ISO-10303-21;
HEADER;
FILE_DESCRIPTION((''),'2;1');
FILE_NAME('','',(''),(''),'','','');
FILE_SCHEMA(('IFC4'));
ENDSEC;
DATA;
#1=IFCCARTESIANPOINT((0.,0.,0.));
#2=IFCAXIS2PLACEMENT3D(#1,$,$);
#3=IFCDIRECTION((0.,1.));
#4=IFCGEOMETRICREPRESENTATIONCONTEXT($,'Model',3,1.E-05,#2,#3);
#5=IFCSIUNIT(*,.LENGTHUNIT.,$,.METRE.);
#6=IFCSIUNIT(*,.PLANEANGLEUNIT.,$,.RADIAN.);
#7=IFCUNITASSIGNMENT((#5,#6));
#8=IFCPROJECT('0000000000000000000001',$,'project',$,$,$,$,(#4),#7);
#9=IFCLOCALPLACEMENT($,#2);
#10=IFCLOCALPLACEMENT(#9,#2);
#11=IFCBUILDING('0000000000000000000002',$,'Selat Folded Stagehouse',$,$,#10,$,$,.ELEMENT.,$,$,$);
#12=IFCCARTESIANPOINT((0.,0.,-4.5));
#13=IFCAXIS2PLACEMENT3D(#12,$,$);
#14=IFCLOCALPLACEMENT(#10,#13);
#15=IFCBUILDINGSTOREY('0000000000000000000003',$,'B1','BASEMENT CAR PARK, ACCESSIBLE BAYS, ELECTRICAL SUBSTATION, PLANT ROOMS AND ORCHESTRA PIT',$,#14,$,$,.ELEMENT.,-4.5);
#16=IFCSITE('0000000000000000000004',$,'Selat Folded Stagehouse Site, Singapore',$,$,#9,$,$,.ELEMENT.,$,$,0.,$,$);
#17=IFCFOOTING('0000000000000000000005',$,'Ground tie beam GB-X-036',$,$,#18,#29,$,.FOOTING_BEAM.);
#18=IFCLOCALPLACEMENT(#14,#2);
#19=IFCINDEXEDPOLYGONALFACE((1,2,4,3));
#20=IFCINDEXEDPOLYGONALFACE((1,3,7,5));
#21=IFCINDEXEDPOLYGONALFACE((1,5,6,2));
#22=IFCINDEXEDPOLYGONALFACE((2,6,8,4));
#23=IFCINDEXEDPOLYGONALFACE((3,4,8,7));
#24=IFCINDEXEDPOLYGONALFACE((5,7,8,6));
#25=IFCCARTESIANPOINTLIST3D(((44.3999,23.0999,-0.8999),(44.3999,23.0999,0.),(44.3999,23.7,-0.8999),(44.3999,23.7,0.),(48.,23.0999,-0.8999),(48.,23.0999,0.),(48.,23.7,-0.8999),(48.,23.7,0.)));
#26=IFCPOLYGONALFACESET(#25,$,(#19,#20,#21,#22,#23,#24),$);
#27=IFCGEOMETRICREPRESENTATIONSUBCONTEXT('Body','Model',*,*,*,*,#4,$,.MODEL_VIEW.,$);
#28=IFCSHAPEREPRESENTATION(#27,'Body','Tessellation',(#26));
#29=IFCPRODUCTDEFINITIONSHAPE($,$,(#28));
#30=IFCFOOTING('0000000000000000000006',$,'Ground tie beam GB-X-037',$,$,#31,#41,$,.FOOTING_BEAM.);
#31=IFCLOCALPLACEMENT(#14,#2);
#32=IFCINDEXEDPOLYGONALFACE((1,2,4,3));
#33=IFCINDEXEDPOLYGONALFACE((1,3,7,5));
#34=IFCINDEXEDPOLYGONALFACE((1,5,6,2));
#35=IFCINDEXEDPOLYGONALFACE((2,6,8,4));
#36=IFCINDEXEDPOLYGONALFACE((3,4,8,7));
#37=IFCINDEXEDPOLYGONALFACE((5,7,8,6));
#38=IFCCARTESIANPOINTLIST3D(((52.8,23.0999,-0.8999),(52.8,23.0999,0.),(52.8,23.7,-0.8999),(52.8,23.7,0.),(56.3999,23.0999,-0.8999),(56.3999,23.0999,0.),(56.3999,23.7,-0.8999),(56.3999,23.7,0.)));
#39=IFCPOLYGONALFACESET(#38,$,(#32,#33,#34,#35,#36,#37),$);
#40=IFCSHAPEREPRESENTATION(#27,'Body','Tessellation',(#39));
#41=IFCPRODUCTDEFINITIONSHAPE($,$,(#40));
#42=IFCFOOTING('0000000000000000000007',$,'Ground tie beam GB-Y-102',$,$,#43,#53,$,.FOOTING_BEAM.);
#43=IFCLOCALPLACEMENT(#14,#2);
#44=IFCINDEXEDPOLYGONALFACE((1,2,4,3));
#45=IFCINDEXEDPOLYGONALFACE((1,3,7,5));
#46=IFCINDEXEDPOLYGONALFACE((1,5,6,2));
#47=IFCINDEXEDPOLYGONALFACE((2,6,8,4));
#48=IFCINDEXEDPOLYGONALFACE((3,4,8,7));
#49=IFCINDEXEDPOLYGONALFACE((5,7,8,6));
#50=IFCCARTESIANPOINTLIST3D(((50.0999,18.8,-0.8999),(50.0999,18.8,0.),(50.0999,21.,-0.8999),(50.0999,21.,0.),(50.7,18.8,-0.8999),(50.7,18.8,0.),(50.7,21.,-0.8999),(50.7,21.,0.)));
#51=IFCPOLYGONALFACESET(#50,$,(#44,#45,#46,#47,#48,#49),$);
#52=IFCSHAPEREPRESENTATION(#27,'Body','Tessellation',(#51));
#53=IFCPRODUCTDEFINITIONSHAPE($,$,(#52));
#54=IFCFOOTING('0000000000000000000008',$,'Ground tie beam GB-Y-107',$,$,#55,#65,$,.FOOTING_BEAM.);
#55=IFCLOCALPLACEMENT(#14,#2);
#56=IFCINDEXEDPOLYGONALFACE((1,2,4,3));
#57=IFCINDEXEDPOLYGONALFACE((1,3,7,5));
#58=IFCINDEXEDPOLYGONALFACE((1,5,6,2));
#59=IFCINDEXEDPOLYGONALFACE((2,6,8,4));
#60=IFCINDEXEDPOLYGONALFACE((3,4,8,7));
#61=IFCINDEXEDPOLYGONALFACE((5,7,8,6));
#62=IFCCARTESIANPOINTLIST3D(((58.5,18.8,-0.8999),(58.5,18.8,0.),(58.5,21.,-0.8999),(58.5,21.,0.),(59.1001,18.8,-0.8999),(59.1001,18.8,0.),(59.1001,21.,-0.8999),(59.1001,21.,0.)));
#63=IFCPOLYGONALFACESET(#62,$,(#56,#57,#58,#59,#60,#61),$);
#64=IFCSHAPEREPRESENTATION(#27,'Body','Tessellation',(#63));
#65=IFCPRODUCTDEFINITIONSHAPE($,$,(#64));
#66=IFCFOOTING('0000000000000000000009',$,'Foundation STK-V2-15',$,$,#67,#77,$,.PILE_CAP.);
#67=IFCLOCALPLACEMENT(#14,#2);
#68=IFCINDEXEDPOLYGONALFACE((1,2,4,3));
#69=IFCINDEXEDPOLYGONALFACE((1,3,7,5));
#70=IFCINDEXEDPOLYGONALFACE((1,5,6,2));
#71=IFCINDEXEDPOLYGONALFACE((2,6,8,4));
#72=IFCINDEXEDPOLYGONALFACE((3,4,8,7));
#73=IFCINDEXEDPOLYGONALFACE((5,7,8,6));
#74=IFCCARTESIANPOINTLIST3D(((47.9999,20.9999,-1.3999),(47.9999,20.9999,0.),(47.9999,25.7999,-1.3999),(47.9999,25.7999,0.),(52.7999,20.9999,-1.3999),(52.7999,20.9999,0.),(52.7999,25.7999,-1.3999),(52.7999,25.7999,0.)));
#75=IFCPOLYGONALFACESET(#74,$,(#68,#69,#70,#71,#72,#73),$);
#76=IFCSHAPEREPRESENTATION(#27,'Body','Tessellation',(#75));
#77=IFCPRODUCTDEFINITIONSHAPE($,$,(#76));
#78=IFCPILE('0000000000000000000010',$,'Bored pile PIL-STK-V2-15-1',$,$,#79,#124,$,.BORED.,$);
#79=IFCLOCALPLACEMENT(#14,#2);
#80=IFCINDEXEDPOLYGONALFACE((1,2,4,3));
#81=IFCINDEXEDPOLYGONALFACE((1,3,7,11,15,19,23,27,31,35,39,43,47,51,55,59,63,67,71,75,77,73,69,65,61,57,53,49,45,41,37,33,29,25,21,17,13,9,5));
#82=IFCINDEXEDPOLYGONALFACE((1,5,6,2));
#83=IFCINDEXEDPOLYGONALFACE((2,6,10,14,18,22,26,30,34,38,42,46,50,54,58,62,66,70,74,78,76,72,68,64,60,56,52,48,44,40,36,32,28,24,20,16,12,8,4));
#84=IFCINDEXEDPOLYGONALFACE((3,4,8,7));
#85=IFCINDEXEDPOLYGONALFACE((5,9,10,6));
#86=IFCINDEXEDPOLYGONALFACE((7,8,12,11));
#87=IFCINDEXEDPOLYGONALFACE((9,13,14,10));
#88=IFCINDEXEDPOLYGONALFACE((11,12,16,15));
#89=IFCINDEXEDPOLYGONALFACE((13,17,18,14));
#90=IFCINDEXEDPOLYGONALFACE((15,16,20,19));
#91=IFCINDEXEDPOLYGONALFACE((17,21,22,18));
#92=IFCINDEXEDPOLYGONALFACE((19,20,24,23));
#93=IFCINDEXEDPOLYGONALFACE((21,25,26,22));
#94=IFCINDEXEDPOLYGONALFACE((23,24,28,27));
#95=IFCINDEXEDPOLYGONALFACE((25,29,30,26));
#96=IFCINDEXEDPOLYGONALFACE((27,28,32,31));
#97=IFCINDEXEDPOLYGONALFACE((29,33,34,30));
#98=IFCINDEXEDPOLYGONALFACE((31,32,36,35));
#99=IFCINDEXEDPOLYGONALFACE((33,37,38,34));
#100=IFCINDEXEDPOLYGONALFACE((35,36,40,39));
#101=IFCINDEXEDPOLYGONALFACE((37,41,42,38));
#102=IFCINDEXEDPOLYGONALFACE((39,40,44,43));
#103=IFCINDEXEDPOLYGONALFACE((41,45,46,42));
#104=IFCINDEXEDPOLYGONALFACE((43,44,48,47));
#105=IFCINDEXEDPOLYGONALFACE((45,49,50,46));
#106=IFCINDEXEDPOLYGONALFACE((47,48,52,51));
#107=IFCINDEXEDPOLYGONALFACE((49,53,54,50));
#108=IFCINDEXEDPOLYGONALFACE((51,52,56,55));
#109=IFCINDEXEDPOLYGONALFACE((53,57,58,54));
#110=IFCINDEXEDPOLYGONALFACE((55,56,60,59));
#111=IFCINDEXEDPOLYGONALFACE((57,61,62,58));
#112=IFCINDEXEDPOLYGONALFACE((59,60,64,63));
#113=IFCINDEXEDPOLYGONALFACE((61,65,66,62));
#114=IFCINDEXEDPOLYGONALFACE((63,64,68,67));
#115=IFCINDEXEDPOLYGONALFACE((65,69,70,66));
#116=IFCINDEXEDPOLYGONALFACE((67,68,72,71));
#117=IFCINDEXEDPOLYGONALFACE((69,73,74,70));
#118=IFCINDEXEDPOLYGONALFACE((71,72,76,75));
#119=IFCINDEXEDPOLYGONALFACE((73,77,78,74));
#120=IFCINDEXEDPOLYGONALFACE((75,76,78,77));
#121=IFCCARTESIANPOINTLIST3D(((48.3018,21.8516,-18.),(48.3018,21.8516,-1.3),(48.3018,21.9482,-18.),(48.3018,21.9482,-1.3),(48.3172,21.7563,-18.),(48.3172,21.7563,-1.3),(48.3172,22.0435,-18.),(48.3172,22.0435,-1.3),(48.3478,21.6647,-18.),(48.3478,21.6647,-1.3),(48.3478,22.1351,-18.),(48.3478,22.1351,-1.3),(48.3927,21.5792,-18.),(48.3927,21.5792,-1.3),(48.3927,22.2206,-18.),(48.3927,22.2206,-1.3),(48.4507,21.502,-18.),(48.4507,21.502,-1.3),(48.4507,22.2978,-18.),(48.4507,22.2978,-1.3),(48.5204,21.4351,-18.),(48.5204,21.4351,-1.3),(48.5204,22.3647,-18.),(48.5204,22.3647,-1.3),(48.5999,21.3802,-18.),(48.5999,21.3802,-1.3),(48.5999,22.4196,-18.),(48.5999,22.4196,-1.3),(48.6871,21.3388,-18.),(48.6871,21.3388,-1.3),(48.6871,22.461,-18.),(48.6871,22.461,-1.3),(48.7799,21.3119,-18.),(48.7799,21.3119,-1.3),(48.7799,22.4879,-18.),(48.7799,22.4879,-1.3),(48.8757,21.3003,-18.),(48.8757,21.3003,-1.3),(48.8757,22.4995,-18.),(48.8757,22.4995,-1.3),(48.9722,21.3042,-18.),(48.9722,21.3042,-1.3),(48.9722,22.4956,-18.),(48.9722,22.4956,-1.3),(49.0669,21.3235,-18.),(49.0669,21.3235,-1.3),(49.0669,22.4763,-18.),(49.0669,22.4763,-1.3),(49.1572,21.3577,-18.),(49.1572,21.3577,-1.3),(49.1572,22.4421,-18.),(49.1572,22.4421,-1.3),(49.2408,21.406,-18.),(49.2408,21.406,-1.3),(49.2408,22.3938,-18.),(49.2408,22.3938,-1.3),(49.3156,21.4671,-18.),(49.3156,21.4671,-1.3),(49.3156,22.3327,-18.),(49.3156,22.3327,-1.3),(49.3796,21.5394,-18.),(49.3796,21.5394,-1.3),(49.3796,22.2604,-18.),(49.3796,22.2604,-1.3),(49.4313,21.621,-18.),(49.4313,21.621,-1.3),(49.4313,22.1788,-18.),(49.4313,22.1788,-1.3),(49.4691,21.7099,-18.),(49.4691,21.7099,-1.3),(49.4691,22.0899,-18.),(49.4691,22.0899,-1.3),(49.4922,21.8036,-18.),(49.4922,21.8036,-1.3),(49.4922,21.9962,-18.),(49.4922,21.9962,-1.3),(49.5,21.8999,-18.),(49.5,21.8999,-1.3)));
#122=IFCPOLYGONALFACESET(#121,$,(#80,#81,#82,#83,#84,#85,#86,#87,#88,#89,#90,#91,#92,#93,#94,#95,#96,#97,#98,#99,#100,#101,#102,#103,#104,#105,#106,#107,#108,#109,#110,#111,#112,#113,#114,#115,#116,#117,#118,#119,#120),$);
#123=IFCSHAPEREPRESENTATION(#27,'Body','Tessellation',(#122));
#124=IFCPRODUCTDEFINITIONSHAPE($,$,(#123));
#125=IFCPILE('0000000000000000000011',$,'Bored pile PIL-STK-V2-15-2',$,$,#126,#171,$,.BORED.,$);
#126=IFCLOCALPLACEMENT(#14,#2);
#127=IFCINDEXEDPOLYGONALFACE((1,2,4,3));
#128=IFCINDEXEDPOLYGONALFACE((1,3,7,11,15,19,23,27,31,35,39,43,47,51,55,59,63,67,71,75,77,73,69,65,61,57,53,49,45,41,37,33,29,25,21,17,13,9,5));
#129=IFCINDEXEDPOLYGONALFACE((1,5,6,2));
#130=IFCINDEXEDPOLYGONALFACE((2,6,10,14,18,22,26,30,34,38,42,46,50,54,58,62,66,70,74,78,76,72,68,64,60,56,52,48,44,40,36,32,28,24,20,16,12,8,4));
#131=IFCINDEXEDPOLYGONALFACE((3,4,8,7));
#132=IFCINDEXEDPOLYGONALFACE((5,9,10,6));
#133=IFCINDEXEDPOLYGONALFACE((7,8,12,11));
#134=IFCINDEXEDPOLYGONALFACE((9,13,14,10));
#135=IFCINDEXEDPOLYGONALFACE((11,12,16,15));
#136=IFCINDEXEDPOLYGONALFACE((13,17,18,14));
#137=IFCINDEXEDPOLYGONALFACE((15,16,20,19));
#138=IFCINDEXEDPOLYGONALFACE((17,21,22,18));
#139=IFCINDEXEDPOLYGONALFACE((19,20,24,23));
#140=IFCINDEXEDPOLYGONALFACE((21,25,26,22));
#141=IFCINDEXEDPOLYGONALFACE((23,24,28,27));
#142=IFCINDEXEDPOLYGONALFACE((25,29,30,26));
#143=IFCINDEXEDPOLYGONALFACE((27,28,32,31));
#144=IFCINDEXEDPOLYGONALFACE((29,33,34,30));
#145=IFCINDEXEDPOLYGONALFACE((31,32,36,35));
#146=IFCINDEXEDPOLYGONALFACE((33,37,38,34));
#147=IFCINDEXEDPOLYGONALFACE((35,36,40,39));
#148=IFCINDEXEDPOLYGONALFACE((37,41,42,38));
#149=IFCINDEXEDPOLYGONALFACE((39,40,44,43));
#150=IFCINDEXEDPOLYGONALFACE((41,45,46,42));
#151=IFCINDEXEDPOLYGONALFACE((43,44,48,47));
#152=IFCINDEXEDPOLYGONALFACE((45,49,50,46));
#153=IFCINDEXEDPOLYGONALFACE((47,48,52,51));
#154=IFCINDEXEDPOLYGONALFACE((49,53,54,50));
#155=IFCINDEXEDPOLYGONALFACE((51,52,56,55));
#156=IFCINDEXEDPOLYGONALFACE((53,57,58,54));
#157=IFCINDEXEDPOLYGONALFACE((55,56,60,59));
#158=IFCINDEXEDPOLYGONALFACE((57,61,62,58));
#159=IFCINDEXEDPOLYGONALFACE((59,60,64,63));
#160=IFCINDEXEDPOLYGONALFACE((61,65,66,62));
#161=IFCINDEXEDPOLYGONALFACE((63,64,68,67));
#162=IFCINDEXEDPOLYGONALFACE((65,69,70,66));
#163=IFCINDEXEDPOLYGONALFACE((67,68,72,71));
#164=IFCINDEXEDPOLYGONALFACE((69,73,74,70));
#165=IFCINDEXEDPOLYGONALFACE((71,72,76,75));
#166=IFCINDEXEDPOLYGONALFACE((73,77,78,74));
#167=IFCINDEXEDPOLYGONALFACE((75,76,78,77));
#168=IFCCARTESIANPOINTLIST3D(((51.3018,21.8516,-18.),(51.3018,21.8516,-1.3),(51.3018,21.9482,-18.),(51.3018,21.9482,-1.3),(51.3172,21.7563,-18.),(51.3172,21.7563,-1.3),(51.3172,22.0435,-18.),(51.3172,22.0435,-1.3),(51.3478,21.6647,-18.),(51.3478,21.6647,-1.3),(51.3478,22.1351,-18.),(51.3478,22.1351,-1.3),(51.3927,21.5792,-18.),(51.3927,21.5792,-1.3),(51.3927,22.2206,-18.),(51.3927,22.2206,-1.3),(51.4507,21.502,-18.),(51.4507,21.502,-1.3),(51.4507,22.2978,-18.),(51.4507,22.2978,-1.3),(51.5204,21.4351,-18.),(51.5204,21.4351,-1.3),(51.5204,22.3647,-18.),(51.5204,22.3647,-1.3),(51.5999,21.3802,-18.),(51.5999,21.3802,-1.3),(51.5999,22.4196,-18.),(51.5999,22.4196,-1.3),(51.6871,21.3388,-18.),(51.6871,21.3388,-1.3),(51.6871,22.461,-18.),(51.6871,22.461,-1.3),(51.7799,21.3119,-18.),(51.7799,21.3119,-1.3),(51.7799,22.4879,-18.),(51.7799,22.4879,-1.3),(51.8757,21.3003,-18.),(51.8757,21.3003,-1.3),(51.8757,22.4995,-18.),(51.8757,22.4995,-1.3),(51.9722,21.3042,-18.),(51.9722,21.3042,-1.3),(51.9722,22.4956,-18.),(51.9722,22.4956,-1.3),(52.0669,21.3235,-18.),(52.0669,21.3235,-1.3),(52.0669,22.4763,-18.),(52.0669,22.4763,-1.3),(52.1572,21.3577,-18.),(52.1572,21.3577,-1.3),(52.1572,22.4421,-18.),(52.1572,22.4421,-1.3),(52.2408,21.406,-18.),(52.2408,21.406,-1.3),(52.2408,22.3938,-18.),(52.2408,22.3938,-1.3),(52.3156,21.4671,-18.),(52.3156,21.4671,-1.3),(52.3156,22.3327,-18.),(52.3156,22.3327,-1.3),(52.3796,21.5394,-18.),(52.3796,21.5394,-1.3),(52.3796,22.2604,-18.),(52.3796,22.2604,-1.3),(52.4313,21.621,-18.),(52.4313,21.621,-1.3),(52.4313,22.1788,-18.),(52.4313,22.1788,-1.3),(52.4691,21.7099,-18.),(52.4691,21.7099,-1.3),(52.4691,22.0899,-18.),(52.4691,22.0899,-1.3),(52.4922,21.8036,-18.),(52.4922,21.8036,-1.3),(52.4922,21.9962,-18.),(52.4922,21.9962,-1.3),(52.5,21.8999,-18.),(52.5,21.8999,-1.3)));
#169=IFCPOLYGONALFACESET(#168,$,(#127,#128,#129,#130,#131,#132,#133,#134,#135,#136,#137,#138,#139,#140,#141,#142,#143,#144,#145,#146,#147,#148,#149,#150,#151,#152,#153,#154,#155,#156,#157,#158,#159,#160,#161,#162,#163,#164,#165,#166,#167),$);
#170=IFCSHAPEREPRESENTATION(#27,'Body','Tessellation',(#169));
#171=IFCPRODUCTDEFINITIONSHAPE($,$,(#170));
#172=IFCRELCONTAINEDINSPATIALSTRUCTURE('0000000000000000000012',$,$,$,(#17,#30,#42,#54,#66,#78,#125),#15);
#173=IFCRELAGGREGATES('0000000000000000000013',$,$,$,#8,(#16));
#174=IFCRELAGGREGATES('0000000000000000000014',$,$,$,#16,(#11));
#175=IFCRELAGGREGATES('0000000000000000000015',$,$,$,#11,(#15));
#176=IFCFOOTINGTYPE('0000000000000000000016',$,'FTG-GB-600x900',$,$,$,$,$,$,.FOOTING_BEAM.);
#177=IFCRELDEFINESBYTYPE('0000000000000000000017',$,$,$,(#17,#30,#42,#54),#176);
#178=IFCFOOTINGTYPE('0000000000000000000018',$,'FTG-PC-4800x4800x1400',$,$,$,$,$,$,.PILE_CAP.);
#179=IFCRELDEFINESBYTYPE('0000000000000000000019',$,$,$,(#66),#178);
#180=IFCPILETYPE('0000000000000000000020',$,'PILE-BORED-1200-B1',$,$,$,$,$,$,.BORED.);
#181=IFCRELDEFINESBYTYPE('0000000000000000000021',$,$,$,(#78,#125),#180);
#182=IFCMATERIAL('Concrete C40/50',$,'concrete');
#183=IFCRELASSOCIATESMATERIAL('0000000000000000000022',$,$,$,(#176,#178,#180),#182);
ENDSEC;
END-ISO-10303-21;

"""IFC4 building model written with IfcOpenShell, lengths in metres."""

from ifc_helpers import new_model, si_unit, direction, frame, origin, origin_2d, place, context, subcontext, project, spatial, rectangle, circle, extrude, material, material_profile, profile_set, type_object, element, save


model = new_model("IFC4")

# Units and contexts
model_context = context("Model", 3, precision=1e-05, world=origin(), true_north=direction((0.0, 1.0)))
body_context = subcontext(model_context, "Body", "Model", "MODEL_VIEW")
ifc_project = project(units=[si_unit("LENGTHUNIT", "METRE"), si_unit("PLANEANGLEUNIT", "RADIAN")], contexts=[model_context])

# Site, building, storey
site_placement = place(None, origin())
site = spatial("IfcSite", under=ifc_project, at=site_placement, Name="Selat Folded Stagehouse Site, Singapore", CompositionType="ELEMENT", RefElevation=0.0)
building_placement = place(site_placement, origin())
building = spatial("IfcBuilding", under=site, at=building_placement, Name="Selat Folded Stagehouse", CompositionType="ELEMENT")
storey_placement = place(building_placement, frame((0.0, 0.0, -4.5)))
storey = spatial("IfcBuildingStorey", under=building, at=storey_placement, Name="B1", Description="BASEMENT CAR PARK, ACCESSIBLE BAYS, ELECTRICAL SUBSTATION, PLANT ROOMS AND ORCHESTRA PIT", CompositionType="ELEMENT", Elevation=-4.5)

# Footings
ifc_material_1 = material(Name="Concrete C40/50", Category="concrete")
ifc_material_profile_1 = material_profile(ifc_material_1, rectangle(XDim=0.6001, YDim=0.8999, at=origin_2d()), Name="RC 900x600")
ifc_profile_set_1 = profile_set([ifc_material_profile_1], Name="Concrete C40/50")
footing_type_1 = type_object("IfcFootingType", Name="FTG-GB-600x900", PredefinedType="FOOTING_BEAM", material=ifc_profile_set_1)
footing_1_placement = place(storey_placement, frame((44.3999, 23.3999, -0.45), z_axis=(1.0, 0.0, 0.0), x_axis=(0.0, 1.0, 0.0)))
element("IfcFooting", 1, at=footing_1_placement, inside=storey, type_object=footing_type_1, Name="Ground tie beam GB-X-036", PredefinedType="FOOTING_BEAM", context=body_context, shape_type="SweptSolid", body=[
    extrude(rectangle(XDim=0.6001, YDim=0.8999, at=origin_2d()), origin(), (0.0, 0.0, 1.0), 3.6001),
])
footing_2_placement = place(storey_placement, frame((52.8, 23.3999, -0.45), z_axis=(1.0, 0.0, 0.0), x_axis=(0.0, 1.0, 0.0)))
element("IfcFooting", 2, at=footing_2_placement, inside=storey, type_object=footing_type_1, Name="Ground tie beam GB-X-037", PredefinedType="FOOTING_BEAM", context=body_context, shape_type="SweptSolid", body=[
    extrude(rectangle(XDim=0.6001, YDim=0.8999, at=origin_2d()), origin(), (0.0, 0.0, 1.0), 3.5999),
])
for number, where, z_axis, x_axis, name in (
    (3, (50.3999, 18.8, -0.45), (0.0, 1.0, 0.0), (-1.0, 0.0, 0.0), "Ground tie beam GB-Y-102"),
    (4, (58.8, 18.8, -0.45), (0.0, 1.0, 0.0), (-1.0, 0.0, 0.0), "Ground tie beam GB-Y-107"),
):
    element("IfcFooting", number, at=place(storey_placement, frame(where, z_axis=z_axis, x_axis=x_axis)), inside=storey, type_object=footing_type_1, Name=name, PredefinedType="FOOTING_BEAM", context=body_context, shape_type="SweptSolid", body=[
        extrude(rectangle(XDim=0.6001, YDim=0.8999, at=origin_2d()), origin(), (0.0, 0.0, 1.0), 2.2),
    ])
footing_type_2 = type_object("IfcFootingType", Name="FTG-PC-4800x4800x1400", PredefinedType="PILE_CAP", material=ifc_material_1)
footing_3_placement = place(storey_placement, frame((50.3999, 23.3999, -1.3999), z_axis=(0.0, 0.0, 1.0), x_axis=(1.0, 0.0, 0.0)))
element("IfcFooting", 5, at=footing_3_placement, inside=storey, type_object=footing_type_2, Name="Foundation STK-V2-15", PredefinedType="PILE_CAP", context=body_context, shape_type="SweptSolid", body=[
    extrude(rectangle(XDim=4.8, YDim=4.8, at=origin_2d()), origin(), (0.0, 0.0, 1.0), 1.3999),
])

# Piles
ifc_material_profile_2 = material_profile(ifc_material_1, circle(Radius=0.6001, at=origin_2d()), Name="PILE D1200")
ifc_profile_set_2 = profile_set([ifc_material_profile_2], Name="Concrete C40/50")
pile_type = type_object("IfcPileType", Name="PILE-BORED-1200-B1", PredefinedType="BORED", material=ifc_profile_set_2)
for number, where, z_axis, x_axis, name in (
    (6, (48.8999, 21.8999, -1.3), (0.0, 0.0, -1.0), (1.0, 0.0, 0.0), "Bored pile PIL-STK-V2-15-1"),
    (7, (51.8999, 21.8999, -1.3), (0.0, 0.0, -1.0), (1.0, 0.0, 0.0), "Bored pile PIL-STK-V2-15-2"),
):
    element("IfcPile", number, at=place(storey_placement, frame(where, z_axis=z_axis, x_axis=x_axis)), inside=storey, type_object=pile_type, Name=name, PredefinedType="BORED", context=body_context, shape_type="SweptSolid", body=[
        extrude(circle(Radius=0.6001, at=origin_2d()), origin(), (0.0, 0.0, 1.0), 16.7),
    ])

save(model, "model.ifc")
